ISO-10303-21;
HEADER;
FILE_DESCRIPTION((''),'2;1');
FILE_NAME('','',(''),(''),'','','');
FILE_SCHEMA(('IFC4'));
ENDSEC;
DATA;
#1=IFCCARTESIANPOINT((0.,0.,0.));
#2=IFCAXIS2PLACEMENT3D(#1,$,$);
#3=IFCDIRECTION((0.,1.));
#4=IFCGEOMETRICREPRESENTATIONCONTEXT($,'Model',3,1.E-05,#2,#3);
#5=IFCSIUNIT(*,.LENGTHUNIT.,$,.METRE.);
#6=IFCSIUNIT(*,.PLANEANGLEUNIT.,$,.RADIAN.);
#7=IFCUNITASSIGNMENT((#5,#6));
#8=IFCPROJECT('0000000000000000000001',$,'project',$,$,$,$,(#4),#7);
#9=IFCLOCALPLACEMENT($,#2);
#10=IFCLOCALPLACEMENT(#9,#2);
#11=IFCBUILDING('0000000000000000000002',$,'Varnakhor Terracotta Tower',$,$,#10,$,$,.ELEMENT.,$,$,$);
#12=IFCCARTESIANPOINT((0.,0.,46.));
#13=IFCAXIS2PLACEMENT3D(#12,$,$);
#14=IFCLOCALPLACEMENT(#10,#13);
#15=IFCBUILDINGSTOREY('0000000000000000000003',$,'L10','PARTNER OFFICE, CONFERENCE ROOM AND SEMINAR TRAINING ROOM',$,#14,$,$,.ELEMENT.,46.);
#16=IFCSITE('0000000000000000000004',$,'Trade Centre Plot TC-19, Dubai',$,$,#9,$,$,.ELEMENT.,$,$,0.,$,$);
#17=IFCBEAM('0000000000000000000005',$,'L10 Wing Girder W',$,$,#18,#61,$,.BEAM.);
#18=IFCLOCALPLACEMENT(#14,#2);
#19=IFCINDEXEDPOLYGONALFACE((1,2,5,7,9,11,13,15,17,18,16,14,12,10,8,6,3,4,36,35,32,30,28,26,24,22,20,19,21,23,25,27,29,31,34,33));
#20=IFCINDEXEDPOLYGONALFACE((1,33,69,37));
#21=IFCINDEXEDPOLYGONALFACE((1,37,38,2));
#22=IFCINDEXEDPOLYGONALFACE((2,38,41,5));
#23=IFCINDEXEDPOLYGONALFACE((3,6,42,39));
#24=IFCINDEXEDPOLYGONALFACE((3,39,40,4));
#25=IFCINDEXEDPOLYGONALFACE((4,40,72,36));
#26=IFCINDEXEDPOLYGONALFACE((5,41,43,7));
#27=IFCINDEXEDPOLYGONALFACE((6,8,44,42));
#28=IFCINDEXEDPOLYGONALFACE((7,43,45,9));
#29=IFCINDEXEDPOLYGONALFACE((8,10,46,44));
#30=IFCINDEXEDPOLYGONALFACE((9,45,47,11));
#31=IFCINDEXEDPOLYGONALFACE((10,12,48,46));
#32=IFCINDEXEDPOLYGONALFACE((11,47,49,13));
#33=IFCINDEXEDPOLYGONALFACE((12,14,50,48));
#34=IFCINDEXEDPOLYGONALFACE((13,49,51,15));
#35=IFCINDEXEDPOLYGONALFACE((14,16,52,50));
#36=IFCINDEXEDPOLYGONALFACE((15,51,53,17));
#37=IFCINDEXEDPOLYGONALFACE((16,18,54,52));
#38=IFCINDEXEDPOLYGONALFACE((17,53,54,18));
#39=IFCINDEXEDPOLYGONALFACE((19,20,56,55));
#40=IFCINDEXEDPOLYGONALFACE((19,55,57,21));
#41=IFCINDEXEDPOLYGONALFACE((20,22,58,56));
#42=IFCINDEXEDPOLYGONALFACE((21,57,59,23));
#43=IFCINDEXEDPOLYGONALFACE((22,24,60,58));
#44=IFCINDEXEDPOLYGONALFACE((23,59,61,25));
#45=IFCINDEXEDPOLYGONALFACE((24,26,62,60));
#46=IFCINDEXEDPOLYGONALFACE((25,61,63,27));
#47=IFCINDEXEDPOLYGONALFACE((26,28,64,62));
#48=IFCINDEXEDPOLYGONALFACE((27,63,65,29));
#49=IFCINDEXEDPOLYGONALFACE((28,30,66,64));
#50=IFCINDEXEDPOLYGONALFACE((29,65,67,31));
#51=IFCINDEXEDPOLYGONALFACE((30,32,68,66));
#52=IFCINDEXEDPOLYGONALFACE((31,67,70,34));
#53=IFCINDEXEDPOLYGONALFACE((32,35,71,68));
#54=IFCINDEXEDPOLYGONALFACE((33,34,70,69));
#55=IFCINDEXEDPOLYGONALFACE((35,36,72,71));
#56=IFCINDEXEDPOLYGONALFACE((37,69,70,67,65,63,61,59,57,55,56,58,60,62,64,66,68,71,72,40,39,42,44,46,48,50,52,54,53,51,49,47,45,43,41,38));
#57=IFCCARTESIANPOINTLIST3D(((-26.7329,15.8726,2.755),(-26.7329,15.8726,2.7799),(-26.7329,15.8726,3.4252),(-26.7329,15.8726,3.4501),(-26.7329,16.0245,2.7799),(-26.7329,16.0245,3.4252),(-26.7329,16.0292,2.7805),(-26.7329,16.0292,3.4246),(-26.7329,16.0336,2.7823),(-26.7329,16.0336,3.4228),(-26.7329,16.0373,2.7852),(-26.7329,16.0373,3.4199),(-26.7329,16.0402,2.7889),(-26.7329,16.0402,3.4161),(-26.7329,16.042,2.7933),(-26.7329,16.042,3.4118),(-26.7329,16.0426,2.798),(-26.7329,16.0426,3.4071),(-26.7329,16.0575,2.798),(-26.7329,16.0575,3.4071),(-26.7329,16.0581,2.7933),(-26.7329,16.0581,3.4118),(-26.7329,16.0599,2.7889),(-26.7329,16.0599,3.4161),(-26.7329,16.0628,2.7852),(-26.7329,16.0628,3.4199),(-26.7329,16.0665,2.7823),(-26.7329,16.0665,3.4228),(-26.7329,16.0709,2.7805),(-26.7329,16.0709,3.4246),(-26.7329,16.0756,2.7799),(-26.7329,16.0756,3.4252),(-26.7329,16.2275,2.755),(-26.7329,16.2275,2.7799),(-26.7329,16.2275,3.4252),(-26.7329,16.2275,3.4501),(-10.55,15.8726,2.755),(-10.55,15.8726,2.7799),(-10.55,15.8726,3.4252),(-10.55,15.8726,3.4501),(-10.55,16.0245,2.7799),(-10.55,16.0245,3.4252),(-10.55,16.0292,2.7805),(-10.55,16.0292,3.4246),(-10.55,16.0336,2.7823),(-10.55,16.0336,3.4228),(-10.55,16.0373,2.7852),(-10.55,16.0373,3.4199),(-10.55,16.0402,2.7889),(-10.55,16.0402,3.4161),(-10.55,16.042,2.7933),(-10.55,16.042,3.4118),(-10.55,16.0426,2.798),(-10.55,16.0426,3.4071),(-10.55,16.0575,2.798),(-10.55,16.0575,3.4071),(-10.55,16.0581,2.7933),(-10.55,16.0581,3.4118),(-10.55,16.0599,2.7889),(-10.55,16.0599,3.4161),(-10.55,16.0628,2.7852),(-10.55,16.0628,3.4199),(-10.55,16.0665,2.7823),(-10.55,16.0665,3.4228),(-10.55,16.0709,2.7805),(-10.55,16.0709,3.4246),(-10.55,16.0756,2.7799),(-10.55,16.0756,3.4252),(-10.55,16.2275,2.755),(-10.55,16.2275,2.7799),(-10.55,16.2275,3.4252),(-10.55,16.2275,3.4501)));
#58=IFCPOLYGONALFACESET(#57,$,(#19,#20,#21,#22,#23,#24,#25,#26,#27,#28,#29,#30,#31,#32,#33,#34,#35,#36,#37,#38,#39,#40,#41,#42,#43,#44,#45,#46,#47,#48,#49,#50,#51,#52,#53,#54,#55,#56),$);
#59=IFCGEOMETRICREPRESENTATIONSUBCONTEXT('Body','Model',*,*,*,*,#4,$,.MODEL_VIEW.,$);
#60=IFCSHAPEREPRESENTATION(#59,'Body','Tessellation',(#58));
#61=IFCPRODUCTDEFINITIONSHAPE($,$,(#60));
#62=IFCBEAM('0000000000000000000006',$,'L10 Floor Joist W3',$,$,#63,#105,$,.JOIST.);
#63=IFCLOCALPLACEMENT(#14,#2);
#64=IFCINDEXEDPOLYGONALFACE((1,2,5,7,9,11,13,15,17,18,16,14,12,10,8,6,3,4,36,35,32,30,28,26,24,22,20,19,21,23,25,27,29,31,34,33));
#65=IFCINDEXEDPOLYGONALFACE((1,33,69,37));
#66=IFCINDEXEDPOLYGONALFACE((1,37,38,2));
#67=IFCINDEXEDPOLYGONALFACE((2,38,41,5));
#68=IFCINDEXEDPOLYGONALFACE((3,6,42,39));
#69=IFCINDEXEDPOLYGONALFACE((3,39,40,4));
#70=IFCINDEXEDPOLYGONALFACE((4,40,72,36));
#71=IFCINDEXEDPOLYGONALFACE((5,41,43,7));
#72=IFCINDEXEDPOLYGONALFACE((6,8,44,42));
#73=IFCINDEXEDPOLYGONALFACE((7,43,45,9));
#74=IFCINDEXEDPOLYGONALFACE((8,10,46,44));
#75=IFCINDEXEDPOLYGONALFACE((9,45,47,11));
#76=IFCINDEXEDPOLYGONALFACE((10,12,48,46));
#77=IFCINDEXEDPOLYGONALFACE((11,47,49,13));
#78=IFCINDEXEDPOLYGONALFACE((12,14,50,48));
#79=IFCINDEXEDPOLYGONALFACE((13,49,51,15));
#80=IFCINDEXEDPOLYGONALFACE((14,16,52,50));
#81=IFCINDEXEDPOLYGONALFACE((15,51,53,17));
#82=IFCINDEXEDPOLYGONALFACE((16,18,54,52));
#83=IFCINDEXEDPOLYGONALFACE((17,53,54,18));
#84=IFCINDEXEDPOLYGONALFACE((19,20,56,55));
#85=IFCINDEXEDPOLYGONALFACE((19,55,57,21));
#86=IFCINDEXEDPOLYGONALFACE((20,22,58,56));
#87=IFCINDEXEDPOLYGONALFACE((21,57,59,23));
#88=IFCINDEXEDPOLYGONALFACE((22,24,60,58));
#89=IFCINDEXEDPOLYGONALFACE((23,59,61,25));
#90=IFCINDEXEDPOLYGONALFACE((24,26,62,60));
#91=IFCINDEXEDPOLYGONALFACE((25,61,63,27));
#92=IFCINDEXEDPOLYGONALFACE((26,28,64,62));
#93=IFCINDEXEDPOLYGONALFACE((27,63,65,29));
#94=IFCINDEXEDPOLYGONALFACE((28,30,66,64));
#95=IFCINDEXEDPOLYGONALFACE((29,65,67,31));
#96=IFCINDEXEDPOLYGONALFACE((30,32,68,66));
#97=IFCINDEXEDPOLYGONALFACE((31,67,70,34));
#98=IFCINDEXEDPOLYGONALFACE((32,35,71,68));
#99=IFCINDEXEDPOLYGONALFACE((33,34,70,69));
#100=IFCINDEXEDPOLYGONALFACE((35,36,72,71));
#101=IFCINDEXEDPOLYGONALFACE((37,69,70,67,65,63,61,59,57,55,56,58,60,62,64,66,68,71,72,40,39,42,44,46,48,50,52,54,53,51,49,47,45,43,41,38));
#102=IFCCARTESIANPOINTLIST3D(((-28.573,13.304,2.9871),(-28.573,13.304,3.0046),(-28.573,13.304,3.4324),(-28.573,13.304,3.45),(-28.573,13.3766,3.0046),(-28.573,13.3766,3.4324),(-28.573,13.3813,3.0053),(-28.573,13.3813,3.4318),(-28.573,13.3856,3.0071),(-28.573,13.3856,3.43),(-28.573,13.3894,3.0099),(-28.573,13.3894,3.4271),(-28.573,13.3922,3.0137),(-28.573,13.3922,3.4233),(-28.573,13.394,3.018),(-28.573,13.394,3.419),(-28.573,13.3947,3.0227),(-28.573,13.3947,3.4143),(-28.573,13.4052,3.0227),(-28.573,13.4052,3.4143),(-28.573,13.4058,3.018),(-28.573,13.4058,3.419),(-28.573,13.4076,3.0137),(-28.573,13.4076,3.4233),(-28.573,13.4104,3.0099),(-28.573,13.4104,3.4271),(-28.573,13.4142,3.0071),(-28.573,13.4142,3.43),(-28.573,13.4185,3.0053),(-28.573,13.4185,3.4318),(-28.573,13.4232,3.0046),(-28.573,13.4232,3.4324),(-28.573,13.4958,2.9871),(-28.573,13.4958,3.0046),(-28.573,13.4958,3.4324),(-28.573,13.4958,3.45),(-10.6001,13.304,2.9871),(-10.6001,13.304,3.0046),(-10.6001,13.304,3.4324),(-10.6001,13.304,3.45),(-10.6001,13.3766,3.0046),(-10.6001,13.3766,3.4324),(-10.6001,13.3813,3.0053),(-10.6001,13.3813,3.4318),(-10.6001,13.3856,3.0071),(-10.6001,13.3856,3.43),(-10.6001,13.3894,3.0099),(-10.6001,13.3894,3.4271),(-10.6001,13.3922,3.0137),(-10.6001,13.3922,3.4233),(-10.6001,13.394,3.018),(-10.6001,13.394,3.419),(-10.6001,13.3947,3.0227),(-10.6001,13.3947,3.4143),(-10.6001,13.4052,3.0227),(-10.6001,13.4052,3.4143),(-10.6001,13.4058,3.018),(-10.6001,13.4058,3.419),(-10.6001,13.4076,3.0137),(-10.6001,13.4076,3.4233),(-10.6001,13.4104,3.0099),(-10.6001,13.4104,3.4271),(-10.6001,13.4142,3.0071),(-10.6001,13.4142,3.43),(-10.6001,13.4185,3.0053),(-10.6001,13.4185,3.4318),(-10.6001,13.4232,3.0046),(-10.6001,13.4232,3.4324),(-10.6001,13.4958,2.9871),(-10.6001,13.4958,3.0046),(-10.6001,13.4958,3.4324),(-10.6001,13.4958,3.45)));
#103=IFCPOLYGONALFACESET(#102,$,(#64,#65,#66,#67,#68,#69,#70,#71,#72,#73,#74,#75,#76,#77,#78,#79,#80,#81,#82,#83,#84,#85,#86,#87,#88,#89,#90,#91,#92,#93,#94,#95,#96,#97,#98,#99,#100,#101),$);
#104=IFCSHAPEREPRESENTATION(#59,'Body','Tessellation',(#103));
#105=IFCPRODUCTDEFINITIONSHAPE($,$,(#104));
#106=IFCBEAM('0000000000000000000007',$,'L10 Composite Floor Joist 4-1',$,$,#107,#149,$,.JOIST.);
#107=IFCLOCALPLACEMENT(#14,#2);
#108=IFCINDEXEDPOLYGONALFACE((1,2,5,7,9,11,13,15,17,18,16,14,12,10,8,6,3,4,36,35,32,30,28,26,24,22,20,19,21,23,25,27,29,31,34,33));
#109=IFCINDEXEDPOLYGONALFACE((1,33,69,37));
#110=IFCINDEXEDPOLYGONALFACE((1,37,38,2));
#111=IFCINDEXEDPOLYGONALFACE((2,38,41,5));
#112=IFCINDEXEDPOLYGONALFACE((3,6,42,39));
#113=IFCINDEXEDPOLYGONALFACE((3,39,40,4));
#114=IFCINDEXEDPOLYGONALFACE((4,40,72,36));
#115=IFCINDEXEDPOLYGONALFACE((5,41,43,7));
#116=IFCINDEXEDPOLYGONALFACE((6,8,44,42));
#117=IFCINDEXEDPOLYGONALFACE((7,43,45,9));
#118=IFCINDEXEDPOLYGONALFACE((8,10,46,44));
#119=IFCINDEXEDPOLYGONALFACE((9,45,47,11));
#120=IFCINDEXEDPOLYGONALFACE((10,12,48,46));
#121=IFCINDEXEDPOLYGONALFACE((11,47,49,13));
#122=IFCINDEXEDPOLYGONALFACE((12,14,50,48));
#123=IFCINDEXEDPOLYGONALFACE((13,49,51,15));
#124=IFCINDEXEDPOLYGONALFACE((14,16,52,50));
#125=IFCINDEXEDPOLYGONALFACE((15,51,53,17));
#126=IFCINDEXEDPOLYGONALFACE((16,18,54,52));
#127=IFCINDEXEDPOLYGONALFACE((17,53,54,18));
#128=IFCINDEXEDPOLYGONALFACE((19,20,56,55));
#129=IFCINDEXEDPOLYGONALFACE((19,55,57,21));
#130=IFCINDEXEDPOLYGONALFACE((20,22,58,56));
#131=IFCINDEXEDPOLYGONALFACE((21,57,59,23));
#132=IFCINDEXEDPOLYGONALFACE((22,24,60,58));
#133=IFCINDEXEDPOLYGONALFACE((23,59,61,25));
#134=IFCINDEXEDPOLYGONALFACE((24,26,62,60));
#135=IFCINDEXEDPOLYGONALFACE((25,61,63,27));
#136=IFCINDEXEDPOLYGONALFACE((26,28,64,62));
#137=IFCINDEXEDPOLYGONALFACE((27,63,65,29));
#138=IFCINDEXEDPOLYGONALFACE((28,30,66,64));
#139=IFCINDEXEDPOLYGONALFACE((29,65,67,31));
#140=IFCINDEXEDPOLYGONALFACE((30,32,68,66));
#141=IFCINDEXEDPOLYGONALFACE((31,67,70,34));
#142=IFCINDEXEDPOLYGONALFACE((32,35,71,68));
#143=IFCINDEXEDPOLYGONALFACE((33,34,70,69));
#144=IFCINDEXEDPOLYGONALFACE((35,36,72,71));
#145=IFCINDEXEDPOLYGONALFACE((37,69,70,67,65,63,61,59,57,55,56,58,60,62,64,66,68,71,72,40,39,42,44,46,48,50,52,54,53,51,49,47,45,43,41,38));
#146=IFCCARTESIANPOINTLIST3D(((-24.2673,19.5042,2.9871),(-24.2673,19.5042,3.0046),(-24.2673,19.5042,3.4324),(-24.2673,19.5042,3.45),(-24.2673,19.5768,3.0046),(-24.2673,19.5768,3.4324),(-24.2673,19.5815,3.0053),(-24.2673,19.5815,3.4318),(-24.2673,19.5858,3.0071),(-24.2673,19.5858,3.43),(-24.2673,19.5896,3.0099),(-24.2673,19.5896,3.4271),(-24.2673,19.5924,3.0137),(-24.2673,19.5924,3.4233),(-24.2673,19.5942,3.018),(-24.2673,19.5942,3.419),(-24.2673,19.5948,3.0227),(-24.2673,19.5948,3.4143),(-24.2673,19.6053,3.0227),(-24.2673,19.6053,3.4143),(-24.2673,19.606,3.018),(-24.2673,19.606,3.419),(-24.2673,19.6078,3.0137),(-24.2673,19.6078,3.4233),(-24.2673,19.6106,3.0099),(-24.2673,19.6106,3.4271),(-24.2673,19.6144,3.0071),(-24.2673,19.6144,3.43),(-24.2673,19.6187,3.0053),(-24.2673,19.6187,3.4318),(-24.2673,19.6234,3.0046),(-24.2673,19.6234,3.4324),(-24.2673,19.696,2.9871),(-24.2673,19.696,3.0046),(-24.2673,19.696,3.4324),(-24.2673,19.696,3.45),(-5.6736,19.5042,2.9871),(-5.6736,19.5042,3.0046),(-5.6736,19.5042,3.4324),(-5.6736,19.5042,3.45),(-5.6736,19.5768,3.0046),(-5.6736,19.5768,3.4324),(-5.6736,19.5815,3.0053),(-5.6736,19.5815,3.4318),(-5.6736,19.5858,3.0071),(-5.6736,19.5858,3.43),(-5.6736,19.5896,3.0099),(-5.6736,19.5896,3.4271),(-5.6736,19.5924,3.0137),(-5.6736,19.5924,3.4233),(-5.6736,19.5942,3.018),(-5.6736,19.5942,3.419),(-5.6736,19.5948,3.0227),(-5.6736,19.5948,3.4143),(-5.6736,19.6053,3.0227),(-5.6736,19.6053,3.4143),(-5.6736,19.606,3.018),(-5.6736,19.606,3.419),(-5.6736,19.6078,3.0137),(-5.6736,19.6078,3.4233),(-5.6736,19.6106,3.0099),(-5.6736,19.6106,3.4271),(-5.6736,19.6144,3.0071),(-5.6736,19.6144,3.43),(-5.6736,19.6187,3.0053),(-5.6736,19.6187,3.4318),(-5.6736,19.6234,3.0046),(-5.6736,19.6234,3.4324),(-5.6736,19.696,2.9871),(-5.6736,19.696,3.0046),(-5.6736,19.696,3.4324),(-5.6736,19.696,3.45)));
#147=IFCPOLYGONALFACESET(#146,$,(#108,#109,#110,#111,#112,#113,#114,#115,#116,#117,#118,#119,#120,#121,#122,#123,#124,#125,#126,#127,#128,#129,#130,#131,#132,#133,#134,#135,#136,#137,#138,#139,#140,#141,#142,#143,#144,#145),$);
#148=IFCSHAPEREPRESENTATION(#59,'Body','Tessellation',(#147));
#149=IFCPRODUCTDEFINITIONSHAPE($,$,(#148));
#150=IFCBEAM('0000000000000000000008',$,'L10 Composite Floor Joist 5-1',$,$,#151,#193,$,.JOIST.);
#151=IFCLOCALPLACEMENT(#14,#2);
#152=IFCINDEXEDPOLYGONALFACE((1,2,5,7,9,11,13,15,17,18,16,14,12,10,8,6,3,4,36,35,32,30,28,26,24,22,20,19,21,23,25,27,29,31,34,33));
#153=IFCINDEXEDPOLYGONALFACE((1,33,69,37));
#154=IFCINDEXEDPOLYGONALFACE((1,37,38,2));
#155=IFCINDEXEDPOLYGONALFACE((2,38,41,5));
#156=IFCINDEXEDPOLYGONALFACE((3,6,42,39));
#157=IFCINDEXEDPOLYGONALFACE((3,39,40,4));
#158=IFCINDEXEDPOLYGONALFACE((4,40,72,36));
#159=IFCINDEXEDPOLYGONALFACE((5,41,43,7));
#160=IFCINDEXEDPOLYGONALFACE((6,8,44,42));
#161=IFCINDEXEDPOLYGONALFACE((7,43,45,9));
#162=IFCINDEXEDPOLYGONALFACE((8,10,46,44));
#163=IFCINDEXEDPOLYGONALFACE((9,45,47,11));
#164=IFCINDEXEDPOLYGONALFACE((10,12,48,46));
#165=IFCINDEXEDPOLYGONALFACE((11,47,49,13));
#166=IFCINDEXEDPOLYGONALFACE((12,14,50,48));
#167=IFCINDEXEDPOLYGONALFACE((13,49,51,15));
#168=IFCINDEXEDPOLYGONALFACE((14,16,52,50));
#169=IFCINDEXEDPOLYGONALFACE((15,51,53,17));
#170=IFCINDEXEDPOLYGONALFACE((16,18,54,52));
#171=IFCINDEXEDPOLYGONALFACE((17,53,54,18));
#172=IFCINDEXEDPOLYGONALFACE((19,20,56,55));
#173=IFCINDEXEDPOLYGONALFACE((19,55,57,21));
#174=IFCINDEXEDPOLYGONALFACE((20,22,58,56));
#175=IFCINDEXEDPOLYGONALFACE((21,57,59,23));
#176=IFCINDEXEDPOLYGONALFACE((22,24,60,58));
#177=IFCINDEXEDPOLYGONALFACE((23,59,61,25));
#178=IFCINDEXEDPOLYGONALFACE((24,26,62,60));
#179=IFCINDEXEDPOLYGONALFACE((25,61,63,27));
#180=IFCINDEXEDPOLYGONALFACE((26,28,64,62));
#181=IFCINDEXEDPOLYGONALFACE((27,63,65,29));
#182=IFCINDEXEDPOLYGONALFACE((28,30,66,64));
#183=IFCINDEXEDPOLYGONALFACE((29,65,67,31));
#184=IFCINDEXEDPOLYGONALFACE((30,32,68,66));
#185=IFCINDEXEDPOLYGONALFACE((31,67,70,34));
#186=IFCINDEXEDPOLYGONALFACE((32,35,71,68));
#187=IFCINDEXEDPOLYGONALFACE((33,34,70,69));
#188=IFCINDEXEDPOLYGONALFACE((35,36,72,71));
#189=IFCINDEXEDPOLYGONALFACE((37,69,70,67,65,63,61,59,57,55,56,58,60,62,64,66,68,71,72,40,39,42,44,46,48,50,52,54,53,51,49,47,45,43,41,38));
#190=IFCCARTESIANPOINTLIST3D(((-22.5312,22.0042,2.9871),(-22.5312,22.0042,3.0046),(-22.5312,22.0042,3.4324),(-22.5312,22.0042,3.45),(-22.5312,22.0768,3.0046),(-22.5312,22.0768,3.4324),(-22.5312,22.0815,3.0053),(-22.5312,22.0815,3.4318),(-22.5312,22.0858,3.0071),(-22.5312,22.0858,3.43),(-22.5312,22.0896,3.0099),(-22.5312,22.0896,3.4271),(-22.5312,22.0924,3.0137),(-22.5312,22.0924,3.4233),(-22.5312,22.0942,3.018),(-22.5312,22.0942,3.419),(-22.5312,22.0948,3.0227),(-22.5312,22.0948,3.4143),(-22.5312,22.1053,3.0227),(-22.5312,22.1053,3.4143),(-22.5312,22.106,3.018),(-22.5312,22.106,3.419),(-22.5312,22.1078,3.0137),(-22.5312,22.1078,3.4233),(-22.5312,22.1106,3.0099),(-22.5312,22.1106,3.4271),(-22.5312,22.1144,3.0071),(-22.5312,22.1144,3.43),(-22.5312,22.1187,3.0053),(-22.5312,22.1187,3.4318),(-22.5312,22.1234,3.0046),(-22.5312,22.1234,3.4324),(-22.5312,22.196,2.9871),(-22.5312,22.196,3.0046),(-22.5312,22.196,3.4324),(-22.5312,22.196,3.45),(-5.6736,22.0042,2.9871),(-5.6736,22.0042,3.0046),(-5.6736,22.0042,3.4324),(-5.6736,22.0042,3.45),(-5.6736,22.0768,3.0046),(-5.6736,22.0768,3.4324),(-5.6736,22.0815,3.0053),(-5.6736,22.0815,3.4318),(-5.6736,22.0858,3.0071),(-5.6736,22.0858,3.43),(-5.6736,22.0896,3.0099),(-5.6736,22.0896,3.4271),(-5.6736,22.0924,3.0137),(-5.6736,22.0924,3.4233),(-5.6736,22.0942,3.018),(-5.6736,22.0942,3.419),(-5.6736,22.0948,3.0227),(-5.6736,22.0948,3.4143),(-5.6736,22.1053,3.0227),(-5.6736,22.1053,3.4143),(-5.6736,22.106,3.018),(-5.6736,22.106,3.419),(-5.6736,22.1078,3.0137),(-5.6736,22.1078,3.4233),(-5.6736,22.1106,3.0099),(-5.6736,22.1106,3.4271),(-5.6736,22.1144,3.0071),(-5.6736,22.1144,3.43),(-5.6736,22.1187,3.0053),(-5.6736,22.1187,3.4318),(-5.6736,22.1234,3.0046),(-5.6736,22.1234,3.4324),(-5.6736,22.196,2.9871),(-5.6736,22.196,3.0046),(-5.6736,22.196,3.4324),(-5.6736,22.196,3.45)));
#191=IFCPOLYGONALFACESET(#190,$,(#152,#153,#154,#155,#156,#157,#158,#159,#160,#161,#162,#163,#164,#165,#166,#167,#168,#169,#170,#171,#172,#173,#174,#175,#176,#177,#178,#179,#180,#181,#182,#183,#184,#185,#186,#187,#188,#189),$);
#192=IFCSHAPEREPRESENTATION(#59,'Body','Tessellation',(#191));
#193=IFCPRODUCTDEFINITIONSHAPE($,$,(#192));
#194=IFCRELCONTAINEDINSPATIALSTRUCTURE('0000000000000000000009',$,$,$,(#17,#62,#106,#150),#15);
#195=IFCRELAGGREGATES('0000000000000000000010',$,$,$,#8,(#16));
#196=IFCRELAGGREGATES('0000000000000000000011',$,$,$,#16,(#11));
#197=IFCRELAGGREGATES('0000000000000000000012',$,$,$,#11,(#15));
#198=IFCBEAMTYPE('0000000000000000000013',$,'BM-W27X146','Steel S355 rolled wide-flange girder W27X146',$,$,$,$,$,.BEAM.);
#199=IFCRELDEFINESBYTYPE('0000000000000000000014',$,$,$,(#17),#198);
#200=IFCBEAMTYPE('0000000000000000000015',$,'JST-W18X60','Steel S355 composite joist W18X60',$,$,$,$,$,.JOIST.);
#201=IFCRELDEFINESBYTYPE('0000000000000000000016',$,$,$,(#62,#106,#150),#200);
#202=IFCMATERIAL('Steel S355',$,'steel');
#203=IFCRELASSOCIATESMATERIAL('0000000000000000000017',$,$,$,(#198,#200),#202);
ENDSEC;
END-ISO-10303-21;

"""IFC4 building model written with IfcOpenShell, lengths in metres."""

from ifc_helpers import new_model, si_unit, direction, frame, origin, origin_2d, place, context, subcontext, project, spatial, i_section, extrude, source, transform, mapped, material, material_profile, profile_set, type_object, element, save


model = new_model("IFC4")

# Units and contexts
model_context = context("Model", 3, precision=1e-05, world=origin(), true_north=direction((0.0, 1.0)))
body_context = subcontext(model_context, "Body", "Model", "MODEL_VIEW")
ifc_project = project(units=[si_unit("LENGTHUNIT", "METRE"), si_unit("PLANEANGLEUNIT", "RADIAN")], contexts=[model_context])

# Site, building, storey
site_placement = place(None, origin())
site = spatial("IfcSite", under=ifc_project, at=site_placement, Name="Trade Centre Plot TC-19, Dubai", CompositionType="ELEMENT", RefElevation=0.0)
building_placement = place(site_placement, origin())
building = spatial("IfcBuilding", under=site, at=building_placement, Name="Varnakhor Terracotta Tower", CompositionType="ELEMENT")
storey_placement = place(building_placement, frame((0.0, 0.0, 46.0)))
storey = spatial("IfcBuildingStorey", under=building, at=storey_placement, Name="L10", Description="PARTNER OFFICE, CONFERENCE ROOM AND SEMINAR TRAINING ROOM", CompositionType="ELEMENT", Elevation=46.0)

# Beams
ifc_material_1 = material(Name="Steel S355", Category="steel")
ifc_material_profile_1 = material_profile(ifc_material_1, i_section(OverallWidth=0.355, OverallDepth=0.6951, WebThickness=0.0149, FlangeThickness=0.0249, FilletRadius=0.0181, at=origin_2d()), Name="W27X146")
ifc_profile_set_1 = profile_set([ifc_material_profile_1], Name="Steel S355")
beam_type_1 = type_object("IfcBeamType", Name="BM-W27X146", Description="Steel S355 rolled wide-flange girder W27X146", PredefinedType="BEAM", material=ifc_profile_set_1)
shared_shape_1 = source(origin(), body_context, "Body", "SweptSolid", [
    extrude(i_section(OverallWidth=0.355, OverallDepth=0.6951, WebThickness=0.0149, FlangeThickness=0.0249, FilletRadius=0.0181, at=origin_2d()), origin(), (0.0, 0.0, 1.0), 16.1829),
])
beam_1_placement = place(storey_placement, frame((-26.7329, 16.05, 3.1025), z_axis=(1.0, 0.0, 0.0), x_axis=(0.0, 1.0, 0.0)))
element("IfcBeam", 1, at=beam_1_placement, inside=storey, type_object=beam_type_1, Name="L10 Wing Girder W", PredefinedType="BEAM", context=body_context, shape_type="MappedRepresentation", body=[
    mapped(shared_shape_1, transform((0.0, 0.0, 0.0), scale=1.0)),
])
ifc_material_profile_2 = material_profile(ifc_material_1, i_section(OverallWidth=0.1919, OverallDepth=0.4629, WebThickness=0.0105, FlangeThickness=0.0176, FilletRadius=0.0181, at=origin_2d()), Name="W18X60")
ifc_profile_set_2 = profile_set([ifc_material_profile_2], Name="Steel S355")
beam_type_2 = type_object("IfcBeamType", Name="JST-W18X60", Description="Steel S355 composite joist W18X60", PredefinedType="JOIST", material=ifc_profile_set_2)
shared_shape_2 = source(origin(), body_context, "Body", "SweptSolid", [
    extrude(i_section(OverallWidth=0.1919, OverallDepth=0.4629, WebThickness=0.0105, FlangeThickness=0.0176, FilletRadius=0.0181, at=origin_2d()), origin(), (0.0, 0.0, 1.0), 17.9729),
])
beam_2_placement = place(storey_placement, frame((-28.573, 13.3999, 3.2185), z_axis=(1.0, 0.0, 0.0), x_axis=(0.0, 1.0, 0.0)))
element("IfcBeam", 2, at=beam_2_placement, inside=storey, type_object=beam_type_2, Name="L10 Floor Joist W3", PredefinedType="JOIST", context=body_context, shape_type="MappedRepresentation", body=[
    mapped(shared_shape_2, transform((0.0, 0.0, 0.0), scale=1.0)),
])
shared_shape_3 = source(origin(), body_context, "Body", "SweptSolid", [
    extrude(i_section(OverallWidth=0.1919, OverallDepth=0.4629, WebThickness=0.0105, FlangeThickness=0.0176, FilletRadius=0.0181, at=origin_2d()), origin(), (0.0, 0.0, 1.0), 18.5938),
])
beam_3_placement = place(storey_placement, frame((-24.2673, 19.6001, 3.2185), z_axis=(1.0, 0.0, 0.0), x_axis=(0.0, 1.0, 0.0)))
element("IfcBeam", 3, at=beam_3_placement, inside=storey, type_object=beam_type_2, Name="L10 Composite Floor Joist 4-1", PredefinedType="JOIST", context=body_context, shape_type="MappedRepresentation", body=[
    mapped(shared_shape_3, transform((0.0, 0.0, 0.0), scale=1.0)),
])
shared_shape_4 = source(origin(), body_context, "Body", "SweptSolid", [
    extrude(i_section(OverallWidth=0.1919, OverallDepth=0.4629, WebThickness=0.0105, FlangeThickness=0.0176, FilletRadius=0.0181, at=origin_2d()), origin(), (0.0, 0.0, 1.0), 16.8577),
])
beam_4_placement = place(storey_placement, frame((-22.5312, 22.1001, 3.2185), z_axis=(1.0, 0.0, 0.0), x_axis=(0.0, 1.0, 0.0)))
element("IfcBeam", 4, at=beam_4_placement, inside=storey, type_object=beam_type_2, Name="L10 Composite Floor Joist 5-1", PredefinedType="JOIST", context=body_context, shape_type="MappedRepresentation", body=[
    mapped(shared_shape_4, transform((0.0, 0.0, 0.0), scale=1.0)),
])

save(model, "model.ifc")
